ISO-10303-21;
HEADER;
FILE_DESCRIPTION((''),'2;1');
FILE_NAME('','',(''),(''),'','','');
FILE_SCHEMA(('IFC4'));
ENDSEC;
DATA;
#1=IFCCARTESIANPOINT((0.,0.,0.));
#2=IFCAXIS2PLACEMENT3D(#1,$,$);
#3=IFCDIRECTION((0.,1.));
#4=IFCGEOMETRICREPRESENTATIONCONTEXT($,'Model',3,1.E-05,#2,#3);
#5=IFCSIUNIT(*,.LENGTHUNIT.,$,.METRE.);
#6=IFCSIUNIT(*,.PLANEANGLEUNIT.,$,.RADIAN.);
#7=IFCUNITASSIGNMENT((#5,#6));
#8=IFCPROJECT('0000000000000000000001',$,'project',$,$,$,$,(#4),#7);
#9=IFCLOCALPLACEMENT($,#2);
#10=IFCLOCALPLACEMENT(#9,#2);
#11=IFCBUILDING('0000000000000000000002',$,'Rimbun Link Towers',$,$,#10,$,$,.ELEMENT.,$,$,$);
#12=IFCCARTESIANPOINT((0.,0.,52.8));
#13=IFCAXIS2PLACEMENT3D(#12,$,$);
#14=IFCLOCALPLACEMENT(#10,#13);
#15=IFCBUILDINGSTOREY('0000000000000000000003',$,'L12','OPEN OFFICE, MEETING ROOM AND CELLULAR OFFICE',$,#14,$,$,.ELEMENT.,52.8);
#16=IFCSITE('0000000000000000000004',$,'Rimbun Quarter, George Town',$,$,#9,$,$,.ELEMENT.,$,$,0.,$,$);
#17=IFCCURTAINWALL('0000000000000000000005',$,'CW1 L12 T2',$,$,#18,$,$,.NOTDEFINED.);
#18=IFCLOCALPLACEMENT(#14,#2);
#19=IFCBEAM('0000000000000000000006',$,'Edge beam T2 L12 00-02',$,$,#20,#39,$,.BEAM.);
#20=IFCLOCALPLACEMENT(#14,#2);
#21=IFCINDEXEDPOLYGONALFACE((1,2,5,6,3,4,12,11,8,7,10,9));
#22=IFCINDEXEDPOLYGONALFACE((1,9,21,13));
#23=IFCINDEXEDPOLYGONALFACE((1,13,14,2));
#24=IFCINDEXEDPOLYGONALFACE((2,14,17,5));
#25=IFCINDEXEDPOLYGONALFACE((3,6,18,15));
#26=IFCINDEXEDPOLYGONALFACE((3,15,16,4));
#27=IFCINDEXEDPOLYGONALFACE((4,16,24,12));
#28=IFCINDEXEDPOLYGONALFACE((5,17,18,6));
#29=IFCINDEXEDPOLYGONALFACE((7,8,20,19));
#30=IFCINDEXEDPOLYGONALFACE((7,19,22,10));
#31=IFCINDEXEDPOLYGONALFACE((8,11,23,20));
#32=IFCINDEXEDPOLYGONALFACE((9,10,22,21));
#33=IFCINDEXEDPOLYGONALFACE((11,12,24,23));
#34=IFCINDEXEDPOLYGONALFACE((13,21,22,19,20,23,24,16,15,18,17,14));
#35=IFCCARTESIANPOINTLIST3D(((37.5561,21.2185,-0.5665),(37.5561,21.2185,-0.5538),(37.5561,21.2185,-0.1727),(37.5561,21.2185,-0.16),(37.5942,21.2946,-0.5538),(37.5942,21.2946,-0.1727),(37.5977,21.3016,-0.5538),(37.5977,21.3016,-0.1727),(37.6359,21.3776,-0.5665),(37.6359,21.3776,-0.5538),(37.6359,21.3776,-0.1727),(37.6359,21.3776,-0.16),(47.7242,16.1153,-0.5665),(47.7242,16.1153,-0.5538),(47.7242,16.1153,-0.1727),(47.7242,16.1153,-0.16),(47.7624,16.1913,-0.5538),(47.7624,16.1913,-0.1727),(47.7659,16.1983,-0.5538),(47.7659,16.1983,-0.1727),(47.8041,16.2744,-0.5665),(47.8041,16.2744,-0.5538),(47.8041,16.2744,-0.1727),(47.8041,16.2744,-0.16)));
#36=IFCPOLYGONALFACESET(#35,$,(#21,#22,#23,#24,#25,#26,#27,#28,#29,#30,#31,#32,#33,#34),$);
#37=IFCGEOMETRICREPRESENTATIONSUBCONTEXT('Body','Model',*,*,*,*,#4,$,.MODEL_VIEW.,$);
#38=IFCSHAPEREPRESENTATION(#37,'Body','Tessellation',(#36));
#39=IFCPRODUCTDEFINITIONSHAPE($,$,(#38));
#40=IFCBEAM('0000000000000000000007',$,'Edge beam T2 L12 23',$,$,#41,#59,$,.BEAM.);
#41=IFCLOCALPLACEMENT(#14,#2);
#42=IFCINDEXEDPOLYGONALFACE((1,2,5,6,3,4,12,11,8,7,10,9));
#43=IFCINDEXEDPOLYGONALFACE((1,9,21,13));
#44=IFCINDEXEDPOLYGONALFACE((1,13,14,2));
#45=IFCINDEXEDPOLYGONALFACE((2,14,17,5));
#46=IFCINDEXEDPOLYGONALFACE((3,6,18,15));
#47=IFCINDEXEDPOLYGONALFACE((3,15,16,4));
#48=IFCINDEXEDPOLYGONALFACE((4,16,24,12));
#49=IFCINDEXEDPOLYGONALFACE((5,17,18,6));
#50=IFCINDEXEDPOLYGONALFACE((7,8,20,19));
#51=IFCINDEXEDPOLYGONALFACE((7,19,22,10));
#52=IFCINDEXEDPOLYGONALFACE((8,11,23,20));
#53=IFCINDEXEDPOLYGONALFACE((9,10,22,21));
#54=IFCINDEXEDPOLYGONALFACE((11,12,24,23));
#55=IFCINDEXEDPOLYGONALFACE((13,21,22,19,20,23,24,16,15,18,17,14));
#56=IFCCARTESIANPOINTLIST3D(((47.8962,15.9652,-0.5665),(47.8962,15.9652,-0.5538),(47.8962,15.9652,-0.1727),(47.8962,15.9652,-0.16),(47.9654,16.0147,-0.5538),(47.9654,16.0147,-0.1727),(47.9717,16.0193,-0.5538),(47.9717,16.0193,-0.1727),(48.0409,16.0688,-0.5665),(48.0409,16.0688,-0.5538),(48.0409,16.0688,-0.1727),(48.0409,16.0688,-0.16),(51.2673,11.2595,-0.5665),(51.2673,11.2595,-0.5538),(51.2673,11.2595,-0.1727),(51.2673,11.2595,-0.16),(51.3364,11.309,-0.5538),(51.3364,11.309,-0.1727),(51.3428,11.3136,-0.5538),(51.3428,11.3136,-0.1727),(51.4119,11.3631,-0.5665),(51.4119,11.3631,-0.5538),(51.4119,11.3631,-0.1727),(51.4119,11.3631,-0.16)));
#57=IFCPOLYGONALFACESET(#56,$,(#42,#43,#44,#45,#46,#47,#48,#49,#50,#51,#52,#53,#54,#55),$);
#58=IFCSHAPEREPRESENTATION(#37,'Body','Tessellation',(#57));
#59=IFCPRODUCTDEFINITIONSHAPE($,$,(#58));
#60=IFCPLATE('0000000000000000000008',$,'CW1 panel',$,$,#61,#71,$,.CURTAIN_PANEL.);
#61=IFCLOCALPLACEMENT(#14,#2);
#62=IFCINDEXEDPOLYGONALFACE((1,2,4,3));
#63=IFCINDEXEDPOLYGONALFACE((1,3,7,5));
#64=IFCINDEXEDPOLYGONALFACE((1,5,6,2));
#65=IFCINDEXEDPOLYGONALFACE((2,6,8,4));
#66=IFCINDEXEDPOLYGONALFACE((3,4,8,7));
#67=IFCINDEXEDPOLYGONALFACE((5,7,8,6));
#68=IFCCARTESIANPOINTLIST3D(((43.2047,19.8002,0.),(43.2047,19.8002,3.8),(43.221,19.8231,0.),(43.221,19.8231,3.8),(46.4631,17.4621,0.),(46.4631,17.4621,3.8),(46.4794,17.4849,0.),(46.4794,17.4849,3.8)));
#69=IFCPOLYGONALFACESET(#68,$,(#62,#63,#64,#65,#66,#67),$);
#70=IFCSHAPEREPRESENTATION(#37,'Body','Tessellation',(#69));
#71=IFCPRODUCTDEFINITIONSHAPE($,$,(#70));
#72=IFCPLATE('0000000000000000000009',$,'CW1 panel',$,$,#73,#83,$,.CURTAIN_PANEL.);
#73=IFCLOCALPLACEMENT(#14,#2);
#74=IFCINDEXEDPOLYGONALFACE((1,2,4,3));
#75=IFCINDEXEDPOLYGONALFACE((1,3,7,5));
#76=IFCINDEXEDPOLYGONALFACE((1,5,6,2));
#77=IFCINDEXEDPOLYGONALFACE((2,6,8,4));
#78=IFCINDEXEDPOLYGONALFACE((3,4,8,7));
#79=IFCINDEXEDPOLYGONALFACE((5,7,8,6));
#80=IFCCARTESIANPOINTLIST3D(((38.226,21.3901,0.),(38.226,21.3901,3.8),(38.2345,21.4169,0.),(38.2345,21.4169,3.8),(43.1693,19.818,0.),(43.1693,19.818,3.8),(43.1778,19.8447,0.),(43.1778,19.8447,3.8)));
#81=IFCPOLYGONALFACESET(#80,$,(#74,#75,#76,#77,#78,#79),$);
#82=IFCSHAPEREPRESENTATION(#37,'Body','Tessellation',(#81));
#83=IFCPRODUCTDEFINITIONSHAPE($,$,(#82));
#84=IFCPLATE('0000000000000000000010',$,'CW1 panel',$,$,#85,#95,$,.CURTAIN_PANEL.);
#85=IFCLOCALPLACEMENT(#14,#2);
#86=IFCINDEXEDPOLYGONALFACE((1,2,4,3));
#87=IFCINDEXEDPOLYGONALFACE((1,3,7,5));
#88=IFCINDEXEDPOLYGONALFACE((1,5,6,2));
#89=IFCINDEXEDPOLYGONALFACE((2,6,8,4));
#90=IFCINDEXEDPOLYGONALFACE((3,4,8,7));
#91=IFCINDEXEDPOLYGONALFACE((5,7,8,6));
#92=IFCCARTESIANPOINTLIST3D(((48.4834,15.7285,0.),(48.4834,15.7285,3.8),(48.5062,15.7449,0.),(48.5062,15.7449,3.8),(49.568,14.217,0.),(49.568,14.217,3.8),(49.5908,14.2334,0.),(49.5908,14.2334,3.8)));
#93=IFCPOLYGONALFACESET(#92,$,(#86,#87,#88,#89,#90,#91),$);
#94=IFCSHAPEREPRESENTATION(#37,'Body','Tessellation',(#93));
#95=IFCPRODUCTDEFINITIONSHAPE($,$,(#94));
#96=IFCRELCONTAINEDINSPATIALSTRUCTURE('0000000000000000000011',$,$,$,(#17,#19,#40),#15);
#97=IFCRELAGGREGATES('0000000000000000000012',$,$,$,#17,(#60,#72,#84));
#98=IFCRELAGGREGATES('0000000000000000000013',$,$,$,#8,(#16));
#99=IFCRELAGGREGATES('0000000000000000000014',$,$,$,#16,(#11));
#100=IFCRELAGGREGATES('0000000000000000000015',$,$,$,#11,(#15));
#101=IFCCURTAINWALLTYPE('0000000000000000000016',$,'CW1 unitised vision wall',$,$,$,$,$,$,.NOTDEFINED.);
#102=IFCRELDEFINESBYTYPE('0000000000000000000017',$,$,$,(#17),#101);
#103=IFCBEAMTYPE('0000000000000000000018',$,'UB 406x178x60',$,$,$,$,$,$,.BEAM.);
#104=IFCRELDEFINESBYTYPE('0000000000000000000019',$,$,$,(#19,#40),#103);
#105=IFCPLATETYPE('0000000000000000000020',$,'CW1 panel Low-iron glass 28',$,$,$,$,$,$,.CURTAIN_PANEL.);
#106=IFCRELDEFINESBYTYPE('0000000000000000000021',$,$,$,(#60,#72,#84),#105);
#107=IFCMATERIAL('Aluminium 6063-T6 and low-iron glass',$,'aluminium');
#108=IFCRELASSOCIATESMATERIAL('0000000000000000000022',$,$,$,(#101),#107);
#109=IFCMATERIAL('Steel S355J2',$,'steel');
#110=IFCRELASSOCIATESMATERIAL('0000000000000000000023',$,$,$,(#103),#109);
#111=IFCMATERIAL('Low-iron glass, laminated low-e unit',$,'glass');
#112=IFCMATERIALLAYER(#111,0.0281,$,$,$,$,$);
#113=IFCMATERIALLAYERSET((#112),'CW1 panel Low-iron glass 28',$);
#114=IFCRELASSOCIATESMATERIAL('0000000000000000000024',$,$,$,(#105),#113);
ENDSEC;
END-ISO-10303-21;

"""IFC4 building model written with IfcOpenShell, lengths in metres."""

from ifc_helpers import new_model, si_unit, direction, frame, origin, origin_2d, place, context, subcontext, project, spatial, rectangle, i_section, extrude, material, layer, layer_set, material_profile, profile_set, type_object, element, aggregate, save


model = new_model("IFC4")

# Units and contexts
model_context = context("Model", 3, precision=1e-05, world=origin(), true_north=direction((0.0, 1.0)))
body_context = subcontext(model_context, "Body", "Model", "MODEL_VIEW")
ifc_project = project(units=[si_unit("LENGTHUNIT", "METRE"), si_unit("PLANEANGLEUNIT", "RADIAN")], contexts=[model_context])

# Site, building, storey
site_placement = place(None, origin())
site = spatial("IfcSite", under=ifc_project, at=site_placement, Name="Rimbun Quarter, George Town", CompositionType="ELEMENT", RefElevation=0.0)
building_placement = place(site_placement, origin())
building = spatial("IfcBuilding", under=site, at=building_placement, Name="Rimbun Link Towers", CompositionType="ELEMENT")
storey_placement = place(building_placement, frame((0.0, 0.0, 52.8)))
storey = spatial("IfcBuildingStorey", under=building, at=storey_placement, Name="L12", Description="OPEN OFFICE, MEETING ROOM AND CELLULAR OFFICE", CompositionType="ELEMENT", Elevation=52.8)

# Curtain wall
ifc_material_1 = material(Name="Aluminium 6063-T6 and low-iron glass", Category="aluminium")
curtain_wall_type = type_object("IfcCurtainWallType", Name="CW1 unitised vision wall", PredefinedType="NOTDEFINED", material=ifc_material_1)
curtain_wall_placement = place(storey_placement, origin())
curtain_wall = element("IfcCurtainWall", 1, at=curtain_wall_placement, inside=storey, type_object=curtain_wall_type, Name="CW1 L12 T2", PredefinedType="NOTDEFINED")

# Beams
ifc_material_2 = material(Name="Steel S355J2", Category="steel")
ifc_material_profile_1 = material_profile(ifc_material_2, i_section(OverallWidth=0.178, OverallDepth=0.4065, WebThickness=0.0078, FlangeThickness=0.0127, at=origin_2d()), Name="UB 406x178x60")
ifc_profile_set_1 = profile_set([ifc_material_profile_1], Name="Steel S355J2")
beam_type_1 = type_object("IfcBeamType", Name="UB 406x178x60", PredefinedType="BEAM", material=ifc_profile_set_1)
beam_1_placement = place(storey_placement, frame((47.7642, 16.1948, -0.3633), z_axis=(-0.893752, 0.448561, 0.0), x_axis=(-0.448561, -0.893752, 0.0)))
element("IfcBeam", 2, at=beam_1_placement, inside=storey, type_object=beam_type_1, Name="Edge beam T2 L12 00-02", PredefinedType="BEAM", context=body_context, shape_type="SweptSolid", body=[
    extrude(i_section(OverallWidth=0.178, OverallDepth=0.4065, WebThickness=0.0078, FlangeThickness=0.0127, at=origin_2d()), origin(), (0.0, 0.0, 1.0), 11.377),
])
beam_2_placement = place(storey_placement, frame((51.3396, 11.3113, -0.3633), z_axis=(-0.582359, 0.812932, 0.0), x_axis=(-0.812932, -0.582359, 0.0)))
element("IfcBeam", 3, at=beam_2_placement, inside=storey, type_object=beam_type_1, Name="Edge beam T2 L12 23", PredefinedType="BEAM", context=body_context, shape_type="SweptSolid", body=[
    extrude(i_section(OverallWidth=0.178, OverallDepth=0.4065, WebThickness=0.0078, FlangeThickness=0.0127, at=origin_2d()), origin(), (0.0, 0.0, 1.0), 5.7886),
])

# Plates
ifc_material_3 = material(Name="Low-iron glass, laminated low-e unit", Category="glass")
ifc_layer = layer(ifc_material_3, 0.0281)
ifc_layer_set = layer_set([ifc_layer], Name="CW1 panel Low-iron glass 28")
plate_type = type_object("IfcPlateType", Name="CW1 panel Low-iron glass 28", PredefinedType="CURTAIN_PANEL", material=ifc_layer_set)
plate_1_placement = place(storey_placement, frame((44.842, 18.6426, 0.0), z_axis=(0.0, 0.0, 1.0), x_axis=(0.812469, -0.583004, 0.0)))
plate_1 = element("IfcPlate", 4, at=plate_1_placement, type_object=plate_type, Name="CW1 panel", PredefinedType="CURTAIN_PANEL", context=body_context, shape_type="SweptSolid", body=[
    extrude(rectangle(XDim=4.0105, YDim=0.0281, at=origin_2d()), origin(), (0.0, 0.0, 1.0), 3.8),
])
plate_2_placement = place(storey_placement, frame((40.7019, 20.6174, 0.0), z_axis=(0.0, 0.0, 1.0), x_axis=(0.952967, -0.303073, 0.0)))
plate_2 = element("IfcPlate", 5, at=plate_2_placement, type_object=plate_type, Name="CW1 panel", PredefinedType="CURTAIN_PANEL", context=body_context, shape_type="SweptSolid", body=[
    extrude(rectangle(XDim=5.1873, YDim=0.0281, at=origin_2d()), origin(), (0.0, 0.0, 1.0), 3.8),
])
plate_3_placement = place(storey_placement, frame((49.0371, 14.981, 0.0), z_axis=(0.0, 0.0, 1.0), x_axis=(0.583004, -0.812469, 0.0)))
plate_3 = element("IfcPlate", 6, at=plate_3_placement, type_object=plate_type, Name="CW1 panel", PredefinedType="CURTAIN_PANEL", context=body_context, shape_type="SweptSolid", body=[
    extrude(rectangle(XDim=1.8604, YDim=0.0281, at=origin_2d()), origin(), (0.0, 0.0, 1.0), 3.8),
])
aggregate(curtain_wall, [plate_1, plate_2, plate_3])

save(model, "model.ifc")
